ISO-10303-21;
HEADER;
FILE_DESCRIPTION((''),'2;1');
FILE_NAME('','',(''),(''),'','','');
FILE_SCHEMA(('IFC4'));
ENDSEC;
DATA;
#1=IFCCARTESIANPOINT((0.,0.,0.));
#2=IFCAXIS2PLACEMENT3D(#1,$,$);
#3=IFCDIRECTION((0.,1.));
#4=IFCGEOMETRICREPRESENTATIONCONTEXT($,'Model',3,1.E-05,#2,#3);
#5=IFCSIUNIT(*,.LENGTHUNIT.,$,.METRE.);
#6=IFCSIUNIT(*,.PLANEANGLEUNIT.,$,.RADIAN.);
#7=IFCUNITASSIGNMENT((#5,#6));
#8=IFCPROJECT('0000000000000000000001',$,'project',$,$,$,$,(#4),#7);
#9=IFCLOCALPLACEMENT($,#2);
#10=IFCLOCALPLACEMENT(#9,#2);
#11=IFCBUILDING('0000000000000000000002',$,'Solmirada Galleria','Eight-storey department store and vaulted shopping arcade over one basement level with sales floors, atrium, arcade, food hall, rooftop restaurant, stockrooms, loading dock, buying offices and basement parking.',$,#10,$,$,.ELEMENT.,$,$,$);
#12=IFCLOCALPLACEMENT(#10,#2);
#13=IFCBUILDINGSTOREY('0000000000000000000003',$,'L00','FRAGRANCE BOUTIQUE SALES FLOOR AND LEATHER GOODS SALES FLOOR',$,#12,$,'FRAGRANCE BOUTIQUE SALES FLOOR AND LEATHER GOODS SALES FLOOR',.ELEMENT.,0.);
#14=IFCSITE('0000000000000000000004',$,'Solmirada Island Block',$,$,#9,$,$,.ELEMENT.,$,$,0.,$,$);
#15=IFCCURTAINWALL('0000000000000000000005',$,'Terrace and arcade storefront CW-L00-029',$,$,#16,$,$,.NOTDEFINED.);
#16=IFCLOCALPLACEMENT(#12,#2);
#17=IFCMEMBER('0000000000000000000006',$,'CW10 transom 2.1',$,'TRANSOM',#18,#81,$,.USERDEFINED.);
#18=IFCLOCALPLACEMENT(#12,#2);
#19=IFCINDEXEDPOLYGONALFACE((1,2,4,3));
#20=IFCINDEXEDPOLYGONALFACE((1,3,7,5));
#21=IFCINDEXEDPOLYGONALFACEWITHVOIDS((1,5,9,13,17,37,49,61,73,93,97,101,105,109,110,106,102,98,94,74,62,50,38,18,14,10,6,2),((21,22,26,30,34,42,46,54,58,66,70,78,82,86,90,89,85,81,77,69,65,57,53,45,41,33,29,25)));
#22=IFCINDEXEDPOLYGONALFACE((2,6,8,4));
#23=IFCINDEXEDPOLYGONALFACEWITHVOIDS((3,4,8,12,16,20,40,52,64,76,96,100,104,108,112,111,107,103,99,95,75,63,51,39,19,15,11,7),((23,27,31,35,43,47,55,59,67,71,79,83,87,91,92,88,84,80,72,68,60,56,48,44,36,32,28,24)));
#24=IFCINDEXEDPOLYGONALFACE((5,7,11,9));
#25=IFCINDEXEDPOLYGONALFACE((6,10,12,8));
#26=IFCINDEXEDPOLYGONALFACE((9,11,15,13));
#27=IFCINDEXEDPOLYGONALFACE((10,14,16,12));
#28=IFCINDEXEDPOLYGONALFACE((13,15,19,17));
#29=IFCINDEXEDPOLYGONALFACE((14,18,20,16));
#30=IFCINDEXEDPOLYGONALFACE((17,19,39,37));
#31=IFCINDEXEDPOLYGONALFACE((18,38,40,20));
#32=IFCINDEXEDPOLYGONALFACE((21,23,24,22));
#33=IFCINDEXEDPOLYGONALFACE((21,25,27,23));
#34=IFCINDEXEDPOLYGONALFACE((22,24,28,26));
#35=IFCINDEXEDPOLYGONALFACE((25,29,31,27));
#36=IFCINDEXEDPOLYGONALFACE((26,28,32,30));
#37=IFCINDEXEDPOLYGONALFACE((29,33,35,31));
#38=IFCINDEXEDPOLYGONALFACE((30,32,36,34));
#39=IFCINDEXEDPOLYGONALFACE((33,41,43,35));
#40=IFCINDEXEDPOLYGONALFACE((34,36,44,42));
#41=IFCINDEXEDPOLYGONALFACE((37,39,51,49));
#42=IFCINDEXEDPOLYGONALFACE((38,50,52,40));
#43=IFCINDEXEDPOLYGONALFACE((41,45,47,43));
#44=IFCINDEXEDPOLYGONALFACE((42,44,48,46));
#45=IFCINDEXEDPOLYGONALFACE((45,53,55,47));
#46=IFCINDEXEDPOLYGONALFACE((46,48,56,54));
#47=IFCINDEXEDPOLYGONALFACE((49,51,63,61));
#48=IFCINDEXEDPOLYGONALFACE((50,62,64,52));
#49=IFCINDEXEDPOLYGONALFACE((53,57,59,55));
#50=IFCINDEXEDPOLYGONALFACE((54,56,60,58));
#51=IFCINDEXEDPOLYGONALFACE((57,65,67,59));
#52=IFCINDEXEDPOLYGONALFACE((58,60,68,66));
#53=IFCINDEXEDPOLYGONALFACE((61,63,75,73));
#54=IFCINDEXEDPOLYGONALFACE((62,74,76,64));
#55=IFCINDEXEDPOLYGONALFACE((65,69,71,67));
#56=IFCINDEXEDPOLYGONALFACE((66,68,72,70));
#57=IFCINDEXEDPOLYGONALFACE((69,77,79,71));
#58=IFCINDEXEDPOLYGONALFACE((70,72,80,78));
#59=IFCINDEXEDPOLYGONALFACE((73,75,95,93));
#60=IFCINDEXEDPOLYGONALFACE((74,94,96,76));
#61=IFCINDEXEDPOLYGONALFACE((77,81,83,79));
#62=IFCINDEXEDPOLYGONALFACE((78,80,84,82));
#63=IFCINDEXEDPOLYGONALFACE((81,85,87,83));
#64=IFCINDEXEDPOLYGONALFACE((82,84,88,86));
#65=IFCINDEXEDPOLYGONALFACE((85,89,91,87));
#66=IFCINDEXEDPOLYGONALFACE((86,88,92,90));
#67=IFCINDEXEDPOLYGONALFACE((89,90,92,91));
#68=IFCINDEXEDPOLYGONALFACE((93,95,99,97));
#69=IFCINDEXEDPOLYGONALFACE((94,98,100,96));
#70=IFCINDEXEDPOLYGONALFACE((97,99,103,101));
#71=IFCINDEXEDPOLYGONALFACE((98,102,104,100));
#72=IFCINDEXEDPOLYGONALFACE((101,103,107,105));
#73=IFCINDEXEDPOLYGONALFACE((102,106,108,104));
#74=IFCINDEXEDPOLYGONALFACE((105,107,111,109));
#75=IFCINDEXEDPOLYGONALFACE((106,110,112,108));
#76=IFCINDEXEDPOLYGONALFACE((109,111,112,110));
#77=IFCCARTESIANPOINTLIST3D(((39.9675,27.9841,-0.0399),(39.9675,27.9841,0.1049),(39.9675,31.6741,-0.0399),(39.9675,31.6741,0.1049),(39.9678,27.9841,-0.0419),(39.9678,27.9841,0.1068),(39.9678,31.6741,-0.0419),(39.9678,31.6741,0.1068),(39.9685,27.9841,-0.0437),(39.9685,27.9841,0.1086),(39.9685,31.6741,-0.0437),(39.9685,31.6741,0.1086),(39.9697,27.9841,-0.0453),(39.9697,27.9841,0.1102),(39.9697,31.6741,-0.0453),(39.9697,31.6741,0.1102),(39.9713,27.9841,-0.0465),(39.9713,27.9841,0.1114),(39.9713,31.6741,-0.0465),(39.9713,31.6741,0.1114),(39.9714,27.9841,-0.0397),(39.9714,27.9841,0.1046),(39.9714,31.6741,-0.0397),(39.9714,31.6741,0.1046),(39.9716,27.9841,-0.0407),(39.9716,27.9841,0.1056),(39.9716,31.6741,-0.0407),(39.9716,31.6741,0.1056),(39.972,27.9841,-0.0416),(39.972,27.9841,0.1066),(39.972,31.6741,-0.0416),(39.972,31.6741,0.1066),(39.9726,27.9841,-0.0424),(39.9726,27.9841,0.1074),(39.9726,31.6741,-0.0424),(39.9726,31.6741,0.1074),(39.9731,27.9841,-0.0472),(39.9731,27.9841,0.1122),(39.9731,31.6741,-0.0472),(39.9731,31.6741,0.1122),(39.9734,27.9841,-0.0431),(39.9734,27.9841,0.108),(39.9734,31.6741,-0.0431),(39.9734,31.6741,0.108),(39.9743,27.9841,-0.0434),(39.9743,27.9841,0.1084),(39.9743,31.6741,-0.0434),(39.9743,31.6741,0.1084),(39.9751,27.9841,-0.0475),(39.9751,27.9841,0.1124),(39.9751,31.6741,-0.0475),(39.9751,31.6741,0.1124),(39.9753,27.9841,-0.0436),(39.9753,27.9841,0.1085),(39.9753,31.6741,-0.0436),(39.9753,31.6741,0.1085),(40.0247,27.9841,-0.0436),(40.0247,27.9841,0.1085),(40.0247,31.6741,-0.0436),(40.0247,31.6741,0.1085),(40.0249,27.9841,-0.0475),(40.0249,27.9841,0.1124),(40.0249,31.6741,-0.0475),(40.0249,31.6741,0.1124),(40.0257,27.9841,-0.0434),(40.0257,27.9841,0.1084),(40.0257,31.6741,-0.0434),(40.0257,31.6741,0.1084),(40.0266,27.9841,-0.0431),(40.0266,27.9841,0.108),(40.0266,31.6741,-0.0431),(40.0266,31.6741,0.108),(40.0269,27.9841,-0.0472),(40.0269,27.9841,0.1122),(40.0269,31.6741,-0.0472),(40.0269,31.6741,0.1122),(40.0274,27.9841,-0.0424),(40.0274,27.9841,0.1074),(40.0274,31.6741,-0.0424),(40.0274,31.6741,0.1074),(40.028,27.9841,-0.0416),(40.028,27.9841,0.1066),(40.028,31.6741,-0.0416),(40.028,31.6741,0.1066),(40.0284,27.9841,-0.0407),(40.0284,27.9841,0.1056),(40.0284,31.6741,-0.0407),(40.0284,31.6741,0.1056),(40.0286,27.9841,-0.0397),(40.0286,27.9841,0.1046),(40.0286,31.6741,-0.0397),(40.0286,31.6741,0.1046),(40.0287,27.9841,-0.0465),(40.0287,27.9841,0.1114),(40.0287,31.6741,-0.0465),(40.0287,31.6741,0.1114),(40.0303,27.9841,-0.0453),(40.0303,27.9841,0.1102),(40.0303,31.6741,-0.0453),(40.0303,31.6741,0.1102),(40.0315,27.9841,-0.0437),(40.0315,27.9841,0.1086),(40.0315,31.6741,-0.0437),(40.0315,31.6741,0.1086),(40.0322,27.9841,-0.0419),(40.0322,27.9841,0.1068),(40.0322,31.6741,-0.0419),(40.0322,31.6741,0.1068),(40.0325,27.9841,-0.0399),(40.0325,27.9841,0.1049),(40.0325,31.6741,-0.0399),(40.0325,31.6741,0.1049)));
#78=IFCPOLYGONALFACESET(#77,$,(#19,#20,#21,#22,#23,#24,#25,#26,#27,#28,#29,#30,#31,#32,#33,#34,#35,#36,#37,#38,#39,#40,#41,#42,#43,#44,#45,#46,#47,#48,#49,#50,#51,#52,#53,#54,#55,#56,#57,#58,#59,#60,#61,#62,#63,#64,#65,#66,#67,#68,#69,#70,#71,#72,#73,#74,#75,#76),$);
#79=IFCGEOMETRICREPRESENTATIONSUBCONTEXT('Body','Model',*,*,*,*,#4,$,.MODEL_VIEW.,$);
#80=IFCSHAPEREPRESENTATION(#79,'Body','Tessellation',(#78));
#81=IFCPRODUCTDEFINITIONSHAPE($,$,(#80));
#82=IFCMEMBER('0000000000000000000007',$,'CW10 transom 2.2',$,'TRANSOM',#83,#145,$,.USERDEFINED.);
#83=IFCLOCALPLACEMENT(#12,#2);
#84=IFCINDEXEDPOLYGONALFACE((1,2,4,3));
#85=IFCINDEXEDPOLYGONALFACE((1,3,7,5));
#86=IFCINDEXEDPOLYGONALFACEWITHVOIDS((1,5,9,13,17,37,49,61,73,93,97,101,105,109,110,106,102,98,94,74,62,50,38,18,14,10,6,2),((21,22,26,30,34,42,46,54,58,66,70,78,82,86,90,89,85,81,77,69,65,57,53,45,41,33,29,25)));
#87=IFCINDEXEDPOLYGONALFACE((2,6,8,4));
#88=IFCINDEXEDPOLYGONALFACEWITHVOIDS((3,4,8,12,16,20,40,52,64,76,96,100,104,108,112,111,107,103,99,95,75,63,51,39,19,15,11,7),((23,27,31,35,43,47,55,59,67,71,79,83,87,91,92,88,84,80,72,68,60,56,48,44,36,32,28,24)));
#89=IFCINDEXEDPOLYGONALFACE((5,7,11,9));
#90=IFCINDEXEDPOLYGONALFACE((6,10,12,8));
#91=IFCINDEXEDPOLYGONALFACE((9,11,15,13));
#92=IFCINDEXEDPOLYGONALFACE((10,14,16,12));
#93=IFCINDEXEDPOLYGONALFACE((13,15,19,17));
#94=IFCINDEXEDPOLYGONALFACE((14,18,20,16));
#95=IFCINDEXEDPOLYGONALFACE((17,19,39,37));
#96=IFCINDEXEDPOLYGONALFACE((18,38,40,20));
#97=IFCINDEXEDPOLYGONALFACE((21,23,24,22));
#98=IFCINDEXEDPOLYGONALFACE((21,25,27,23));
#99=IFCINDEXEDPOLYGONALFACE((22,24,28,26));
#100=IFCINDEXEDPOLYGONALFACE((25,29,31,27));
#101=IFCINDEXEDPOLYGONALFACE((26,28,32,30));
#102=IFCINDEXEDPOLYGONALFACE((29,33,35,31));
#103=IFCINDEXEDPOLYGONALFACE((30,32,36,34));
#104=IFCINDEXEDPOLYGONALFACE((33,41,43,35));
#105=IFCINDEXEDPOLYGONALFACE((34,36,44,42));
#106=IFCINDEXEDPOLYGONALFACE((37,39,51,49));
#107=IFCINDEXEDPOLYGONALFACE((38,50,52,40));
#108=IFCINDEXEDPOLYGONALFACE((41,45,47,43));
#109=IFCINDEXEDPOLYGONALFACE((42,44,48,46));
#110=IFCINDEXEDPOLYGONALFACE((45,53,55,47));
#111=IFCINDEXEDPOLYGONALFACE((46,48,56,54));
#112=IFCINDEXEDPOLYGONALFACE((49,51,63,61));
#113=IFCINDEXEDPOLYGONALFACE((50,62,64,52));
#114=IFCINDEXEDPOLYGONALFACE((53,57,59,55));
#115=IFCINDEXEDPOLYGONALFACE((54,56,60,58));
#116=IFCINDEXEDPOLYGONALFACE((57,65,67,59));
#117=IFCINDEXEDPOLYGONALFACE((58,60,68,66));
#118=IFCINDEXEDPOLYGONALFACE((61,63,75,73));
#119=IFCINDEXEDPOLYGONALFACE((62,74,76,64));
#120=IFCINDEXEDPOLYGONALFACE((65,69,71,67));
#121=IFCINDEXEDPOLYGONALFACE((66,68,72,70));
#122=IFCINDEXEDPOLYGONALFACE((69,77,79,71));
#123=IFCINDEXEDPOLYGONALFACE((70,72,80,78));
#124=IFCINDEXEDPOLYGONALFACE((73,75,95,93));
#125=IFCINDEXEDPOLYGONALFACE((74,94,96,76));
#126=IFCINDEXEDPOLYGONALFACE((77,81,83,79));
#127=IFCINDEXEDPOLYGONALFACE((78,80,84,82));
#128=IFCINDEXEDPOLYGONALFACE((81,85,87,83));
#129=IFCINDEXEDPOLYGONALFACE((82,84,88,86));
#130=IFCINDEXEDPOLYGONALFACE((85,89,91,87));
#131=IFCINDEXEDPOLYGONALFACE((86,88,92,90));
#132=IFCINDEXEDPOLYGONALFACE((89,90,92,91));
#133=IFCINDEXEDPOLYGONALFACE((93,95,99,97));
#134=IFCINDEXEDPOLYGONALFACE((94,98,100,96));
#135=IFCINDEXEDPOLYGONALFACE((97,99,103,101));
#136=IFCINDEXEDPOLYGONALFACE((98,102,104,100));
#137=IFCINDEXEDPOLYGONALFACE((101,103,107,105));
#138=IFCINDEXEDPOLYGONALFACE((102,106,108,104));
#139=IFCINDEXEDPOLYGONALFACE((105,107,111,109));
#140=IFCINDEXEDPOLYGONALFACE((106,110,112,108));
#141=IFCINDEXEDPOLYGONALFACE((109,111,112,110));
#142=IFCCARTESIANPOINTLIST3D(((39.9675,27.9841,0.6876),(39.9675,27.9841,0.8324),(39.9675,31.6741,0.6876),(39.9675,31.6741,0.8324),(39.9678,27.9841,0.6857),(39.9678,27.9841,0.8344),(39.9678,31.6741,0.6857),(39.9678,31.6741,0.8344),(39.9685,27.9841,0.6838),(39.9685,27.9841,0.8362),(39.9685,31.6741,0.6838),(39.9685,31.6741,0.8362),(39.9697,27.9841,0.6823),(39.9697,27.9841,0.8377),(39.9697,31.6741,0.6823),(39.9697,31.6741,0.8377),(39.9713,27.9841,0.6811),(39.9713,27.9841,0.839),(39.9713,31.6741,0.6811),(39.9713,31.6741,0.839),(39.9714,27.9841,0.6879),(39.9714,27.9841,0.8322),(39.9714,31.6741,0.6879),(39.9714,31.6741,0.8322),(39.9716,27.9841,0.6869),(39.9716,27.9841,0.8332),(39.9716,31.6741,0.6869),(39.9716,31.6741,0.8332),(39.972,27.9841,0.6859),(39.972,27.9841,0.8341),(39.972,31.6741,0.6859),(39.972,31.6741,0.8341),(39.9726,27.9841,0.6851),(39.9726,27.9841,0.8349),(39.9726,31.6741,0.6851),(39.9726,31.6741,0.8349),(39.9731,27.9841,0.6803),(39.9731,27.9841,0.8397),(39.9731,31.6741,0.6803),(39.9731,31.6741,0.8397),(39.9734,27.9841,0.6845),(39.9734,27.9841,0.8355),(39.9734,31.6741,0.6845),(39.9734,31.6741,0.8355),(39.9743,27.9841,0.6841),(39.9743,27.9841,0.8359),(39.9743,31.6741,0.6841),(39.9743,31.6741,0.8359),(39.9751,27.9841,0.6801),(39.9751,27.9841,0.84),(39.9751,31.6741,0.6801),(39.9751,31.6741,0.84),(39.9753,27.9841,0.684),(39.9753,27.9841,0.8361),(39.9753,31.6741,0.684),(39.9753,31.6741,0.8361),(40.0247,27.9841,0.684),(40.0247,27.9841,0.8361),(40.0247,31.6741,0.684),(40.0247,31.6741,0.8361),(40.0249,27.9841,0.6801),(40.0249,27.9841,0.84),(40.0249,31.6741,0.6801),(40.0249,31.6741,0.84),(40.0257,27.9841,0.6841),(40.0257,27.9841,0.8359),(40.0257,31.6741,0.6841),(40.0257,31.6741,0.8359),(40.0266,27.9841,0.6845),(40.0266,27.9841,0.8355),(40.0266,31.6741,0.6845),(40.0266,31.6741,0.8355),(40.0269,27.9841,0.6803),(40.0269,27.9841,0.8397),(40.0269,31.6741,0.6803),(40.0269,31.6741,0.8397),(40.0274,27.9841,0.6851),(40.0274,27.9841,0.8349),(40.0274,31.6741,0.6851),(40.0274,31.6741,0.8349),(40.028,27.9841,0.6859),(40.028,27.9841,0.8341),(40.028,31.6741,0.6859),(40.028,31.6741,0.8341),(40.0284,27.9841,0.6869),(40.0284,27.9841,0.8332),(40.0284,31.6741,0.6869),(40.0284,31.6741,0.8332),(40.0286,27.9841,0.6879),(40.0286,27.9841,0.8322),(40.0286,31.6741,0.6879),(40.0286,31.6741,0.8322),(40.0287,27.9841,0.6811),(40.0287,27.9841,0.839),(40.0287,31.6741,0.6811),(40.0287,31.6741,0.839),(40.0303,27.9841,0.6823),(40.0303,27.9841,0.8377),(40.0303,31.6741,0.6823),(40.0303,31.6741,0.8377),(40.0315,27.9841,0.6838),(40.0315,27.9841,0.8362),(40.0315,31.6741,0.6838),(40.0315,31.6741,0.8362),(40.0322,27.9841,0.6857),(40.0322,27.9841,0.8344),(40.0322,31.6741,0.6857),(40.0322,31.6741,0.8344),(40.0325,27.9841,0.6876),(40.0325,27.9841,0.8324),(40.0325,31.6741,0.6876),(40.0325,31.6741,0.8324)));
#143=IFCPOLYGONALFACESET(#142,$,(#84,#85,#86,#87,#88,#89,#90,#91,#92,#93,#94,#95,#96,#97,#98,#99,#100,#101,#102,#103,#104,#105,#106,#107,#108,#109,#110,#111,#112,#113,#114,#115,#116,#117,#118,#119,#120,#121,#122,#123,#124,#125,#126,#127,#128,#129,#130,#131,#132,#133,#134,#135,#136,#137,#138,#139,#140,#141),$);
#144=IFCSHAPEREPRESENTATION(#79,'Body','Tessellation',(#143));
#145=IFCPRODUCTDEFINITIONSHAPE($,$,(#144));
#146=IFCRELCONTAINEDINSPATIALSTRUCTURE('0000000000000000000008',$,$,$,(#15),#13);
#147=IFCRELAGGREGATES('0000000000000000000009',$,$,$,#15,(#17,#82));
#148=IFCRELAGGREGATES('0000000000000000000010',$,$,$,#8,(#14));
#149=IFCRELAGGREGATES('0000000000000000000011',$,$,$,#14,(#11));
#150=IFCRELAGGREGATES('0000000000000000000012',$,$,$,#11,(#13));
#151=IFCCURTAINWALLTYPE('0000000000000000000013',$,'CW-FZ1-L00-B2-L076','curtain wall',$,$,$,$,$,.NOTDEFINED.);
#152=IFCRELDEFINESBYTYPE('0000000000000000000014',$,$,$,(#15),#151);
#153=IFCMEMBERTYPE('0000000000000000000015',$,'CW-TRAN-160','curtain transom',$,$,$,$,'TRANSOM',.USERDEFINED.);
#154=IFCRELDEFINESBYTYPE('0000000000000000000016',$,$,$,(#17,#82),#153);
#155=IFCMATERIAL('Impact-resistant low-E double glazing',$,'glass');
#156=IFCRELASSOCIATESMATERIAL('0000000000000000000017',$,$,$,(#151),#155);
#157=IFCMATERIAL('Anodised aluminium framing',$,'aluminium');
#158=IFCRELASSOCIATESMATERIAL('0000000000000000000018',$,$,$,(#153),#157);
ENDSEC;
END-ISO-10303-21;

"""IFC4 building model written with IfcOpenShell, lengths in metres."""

from ifc_helpers import new_model, si_unit, direction, frame, origin, origin_2d, place, context, subcontext, project, spatial, hollow_rectangle, extrude, material, material_profile, profile_set, type_object, element, aggregate, save


model = new_model("IFC4")

# Units and contexts
model_context = context("Model", 3, precision=1e-05, world=origin(), true_north=direction((0.0, 1.0)))
body_context = subcontext(model_context, "Body", "Model", "MODEL_VIEW")
ifc_project = project(units=[si_unit("LENGTHUNIT", "METRE"), si_unit("PLANEANGLEUNIT", "RADIAN")], contexts=[model_context])

# Site, building, storey
site_placement = place(None, origin())
site = spatial("IfcSite", under=ifc_project, at=site_placement, Name="Solmirada Island Block", CompositionType="ELEMENT", RefElevation=0.0)
building_placement = place(site_placement, origin())
building = spatial("IfcBuilding", under=site, at=building_placement, Name="Solmirada Galleria", Description="Eight-storey department store and vaulted shopping arcade over one basement level with sales floors, atrium, arcade, food hall, rooftop restaurant, stockrooms, loading dock, buying offices and basement parking.", CompositionType="ELEMENT")
storey_placement = place(building_placement, origin())
storey = spatial("IfcBuildingStorey", under=building, at=storey_placement, Name="L00", Description="FRAGRANCE BOUTIQUE SALES FLOOR AND LEATHER GOODS SALES FLOOR", LongName="FRAGRANCE BOUTIQUE SALES FLOOR AND LEATHER GOODS SALES FLOOR", CompositionType="ELEMENT", Elevation=0.0)

# Curtain wall
ifc_material_1 = material(Name="Impact-resistant low-E double glazing", Category="glass")
curtain_wall_type = type_object("IfcCurtainWallType", Name="CW-FZ1-L00-B2-L076", Description="curtain wall", PredefinedType="NOTDEFINED", material=ifc_material_1)
curtain_wall_1_placement = place(storey_placement, origin())
curtain_wall_1 = element("IfcCurtainWall", 1, at=curtain_wall_1_placement, inside=storey, type_object=curtain_wall_type, Name="Terrace and arcade storefront CW-L00-029", PredefinedType="NOTDEFINED")
ifc_material_2 = material(Name="Anodised aluminium framing", Category="aluminium")

# Members
ifc_material_profile_1 = material_profile(ifc_material_2, hollow_rectangle(XDim=0.0649, YDim=0.1599, WallThickness=0.0039, InnerFilletRadius=0.0039, OuterFilletRadius=0.0076, at=origin_2d()), Name="ALU-TRAN-160X65")
ifc_profile_set_1 = profile_set([ifc_material_profile_1], Name="Anodised aluminium framing")
member_type_1 = type_object("IfcMemberType", Name="CW-TRAN-160", Description="curtain transom", ElementType="TRANSOM", PredefinedType="USERDEFINED", material=ifc_profile_set_1)
member_1_placement = place(storey_placement, frame((40.0, 27.9841, 0.0325), z_axis=(0.0, 1.0, 0.0), x_axis=(-1.0, 0.0, 0.0)))
member_1 = element("IfcMember", 2, at=member_1_placement, type_object=member_type_1, Name="CW10 transom 2.1", ObjectType="TRANSOM", PredefinedType="USERDEFINED", context=body_context, shape_type="SweptSolid", body=[
    extrude(hollow_rectangle(XDim=0.0649, YDim=0.1599, WallThickness=0.0039, InnerFilletRadius=0.0039, OuterFilletRadius=0.0076, at=origin_2d()), origin(), (0.0, 0.0, 1.0), 3.6899),
])
member_2_placement = place(storey_placement, frame((40.0, 27.9841, 0.76), z_axis=(0.0, 1.0, 0.0), x_axis=(-1.0, 0.0, 0.0)))
member_2 = element("IfcMember", 3, at=member_2_placement, type_object=member_type_1, Name="CW10 transom 2.2", ObjectType="TRANSOM", PredefinedType="USERDEFINED", context=body_context, shape_type="SweptSolid", body=[
    extrude(hollow_rectangle(XDim=0.0649, YDim=0.1599, WallThickness=0.0039, InnerFilletRadius=0.0039, OuterFilletRadius=0.0076, at=origin_2d()), origin(), (0.0, 0.0, 1.0), 3.6899),
])

aggregate(curtain_wall_1, [member_1, member_2])

save(model, "model.ifc")
